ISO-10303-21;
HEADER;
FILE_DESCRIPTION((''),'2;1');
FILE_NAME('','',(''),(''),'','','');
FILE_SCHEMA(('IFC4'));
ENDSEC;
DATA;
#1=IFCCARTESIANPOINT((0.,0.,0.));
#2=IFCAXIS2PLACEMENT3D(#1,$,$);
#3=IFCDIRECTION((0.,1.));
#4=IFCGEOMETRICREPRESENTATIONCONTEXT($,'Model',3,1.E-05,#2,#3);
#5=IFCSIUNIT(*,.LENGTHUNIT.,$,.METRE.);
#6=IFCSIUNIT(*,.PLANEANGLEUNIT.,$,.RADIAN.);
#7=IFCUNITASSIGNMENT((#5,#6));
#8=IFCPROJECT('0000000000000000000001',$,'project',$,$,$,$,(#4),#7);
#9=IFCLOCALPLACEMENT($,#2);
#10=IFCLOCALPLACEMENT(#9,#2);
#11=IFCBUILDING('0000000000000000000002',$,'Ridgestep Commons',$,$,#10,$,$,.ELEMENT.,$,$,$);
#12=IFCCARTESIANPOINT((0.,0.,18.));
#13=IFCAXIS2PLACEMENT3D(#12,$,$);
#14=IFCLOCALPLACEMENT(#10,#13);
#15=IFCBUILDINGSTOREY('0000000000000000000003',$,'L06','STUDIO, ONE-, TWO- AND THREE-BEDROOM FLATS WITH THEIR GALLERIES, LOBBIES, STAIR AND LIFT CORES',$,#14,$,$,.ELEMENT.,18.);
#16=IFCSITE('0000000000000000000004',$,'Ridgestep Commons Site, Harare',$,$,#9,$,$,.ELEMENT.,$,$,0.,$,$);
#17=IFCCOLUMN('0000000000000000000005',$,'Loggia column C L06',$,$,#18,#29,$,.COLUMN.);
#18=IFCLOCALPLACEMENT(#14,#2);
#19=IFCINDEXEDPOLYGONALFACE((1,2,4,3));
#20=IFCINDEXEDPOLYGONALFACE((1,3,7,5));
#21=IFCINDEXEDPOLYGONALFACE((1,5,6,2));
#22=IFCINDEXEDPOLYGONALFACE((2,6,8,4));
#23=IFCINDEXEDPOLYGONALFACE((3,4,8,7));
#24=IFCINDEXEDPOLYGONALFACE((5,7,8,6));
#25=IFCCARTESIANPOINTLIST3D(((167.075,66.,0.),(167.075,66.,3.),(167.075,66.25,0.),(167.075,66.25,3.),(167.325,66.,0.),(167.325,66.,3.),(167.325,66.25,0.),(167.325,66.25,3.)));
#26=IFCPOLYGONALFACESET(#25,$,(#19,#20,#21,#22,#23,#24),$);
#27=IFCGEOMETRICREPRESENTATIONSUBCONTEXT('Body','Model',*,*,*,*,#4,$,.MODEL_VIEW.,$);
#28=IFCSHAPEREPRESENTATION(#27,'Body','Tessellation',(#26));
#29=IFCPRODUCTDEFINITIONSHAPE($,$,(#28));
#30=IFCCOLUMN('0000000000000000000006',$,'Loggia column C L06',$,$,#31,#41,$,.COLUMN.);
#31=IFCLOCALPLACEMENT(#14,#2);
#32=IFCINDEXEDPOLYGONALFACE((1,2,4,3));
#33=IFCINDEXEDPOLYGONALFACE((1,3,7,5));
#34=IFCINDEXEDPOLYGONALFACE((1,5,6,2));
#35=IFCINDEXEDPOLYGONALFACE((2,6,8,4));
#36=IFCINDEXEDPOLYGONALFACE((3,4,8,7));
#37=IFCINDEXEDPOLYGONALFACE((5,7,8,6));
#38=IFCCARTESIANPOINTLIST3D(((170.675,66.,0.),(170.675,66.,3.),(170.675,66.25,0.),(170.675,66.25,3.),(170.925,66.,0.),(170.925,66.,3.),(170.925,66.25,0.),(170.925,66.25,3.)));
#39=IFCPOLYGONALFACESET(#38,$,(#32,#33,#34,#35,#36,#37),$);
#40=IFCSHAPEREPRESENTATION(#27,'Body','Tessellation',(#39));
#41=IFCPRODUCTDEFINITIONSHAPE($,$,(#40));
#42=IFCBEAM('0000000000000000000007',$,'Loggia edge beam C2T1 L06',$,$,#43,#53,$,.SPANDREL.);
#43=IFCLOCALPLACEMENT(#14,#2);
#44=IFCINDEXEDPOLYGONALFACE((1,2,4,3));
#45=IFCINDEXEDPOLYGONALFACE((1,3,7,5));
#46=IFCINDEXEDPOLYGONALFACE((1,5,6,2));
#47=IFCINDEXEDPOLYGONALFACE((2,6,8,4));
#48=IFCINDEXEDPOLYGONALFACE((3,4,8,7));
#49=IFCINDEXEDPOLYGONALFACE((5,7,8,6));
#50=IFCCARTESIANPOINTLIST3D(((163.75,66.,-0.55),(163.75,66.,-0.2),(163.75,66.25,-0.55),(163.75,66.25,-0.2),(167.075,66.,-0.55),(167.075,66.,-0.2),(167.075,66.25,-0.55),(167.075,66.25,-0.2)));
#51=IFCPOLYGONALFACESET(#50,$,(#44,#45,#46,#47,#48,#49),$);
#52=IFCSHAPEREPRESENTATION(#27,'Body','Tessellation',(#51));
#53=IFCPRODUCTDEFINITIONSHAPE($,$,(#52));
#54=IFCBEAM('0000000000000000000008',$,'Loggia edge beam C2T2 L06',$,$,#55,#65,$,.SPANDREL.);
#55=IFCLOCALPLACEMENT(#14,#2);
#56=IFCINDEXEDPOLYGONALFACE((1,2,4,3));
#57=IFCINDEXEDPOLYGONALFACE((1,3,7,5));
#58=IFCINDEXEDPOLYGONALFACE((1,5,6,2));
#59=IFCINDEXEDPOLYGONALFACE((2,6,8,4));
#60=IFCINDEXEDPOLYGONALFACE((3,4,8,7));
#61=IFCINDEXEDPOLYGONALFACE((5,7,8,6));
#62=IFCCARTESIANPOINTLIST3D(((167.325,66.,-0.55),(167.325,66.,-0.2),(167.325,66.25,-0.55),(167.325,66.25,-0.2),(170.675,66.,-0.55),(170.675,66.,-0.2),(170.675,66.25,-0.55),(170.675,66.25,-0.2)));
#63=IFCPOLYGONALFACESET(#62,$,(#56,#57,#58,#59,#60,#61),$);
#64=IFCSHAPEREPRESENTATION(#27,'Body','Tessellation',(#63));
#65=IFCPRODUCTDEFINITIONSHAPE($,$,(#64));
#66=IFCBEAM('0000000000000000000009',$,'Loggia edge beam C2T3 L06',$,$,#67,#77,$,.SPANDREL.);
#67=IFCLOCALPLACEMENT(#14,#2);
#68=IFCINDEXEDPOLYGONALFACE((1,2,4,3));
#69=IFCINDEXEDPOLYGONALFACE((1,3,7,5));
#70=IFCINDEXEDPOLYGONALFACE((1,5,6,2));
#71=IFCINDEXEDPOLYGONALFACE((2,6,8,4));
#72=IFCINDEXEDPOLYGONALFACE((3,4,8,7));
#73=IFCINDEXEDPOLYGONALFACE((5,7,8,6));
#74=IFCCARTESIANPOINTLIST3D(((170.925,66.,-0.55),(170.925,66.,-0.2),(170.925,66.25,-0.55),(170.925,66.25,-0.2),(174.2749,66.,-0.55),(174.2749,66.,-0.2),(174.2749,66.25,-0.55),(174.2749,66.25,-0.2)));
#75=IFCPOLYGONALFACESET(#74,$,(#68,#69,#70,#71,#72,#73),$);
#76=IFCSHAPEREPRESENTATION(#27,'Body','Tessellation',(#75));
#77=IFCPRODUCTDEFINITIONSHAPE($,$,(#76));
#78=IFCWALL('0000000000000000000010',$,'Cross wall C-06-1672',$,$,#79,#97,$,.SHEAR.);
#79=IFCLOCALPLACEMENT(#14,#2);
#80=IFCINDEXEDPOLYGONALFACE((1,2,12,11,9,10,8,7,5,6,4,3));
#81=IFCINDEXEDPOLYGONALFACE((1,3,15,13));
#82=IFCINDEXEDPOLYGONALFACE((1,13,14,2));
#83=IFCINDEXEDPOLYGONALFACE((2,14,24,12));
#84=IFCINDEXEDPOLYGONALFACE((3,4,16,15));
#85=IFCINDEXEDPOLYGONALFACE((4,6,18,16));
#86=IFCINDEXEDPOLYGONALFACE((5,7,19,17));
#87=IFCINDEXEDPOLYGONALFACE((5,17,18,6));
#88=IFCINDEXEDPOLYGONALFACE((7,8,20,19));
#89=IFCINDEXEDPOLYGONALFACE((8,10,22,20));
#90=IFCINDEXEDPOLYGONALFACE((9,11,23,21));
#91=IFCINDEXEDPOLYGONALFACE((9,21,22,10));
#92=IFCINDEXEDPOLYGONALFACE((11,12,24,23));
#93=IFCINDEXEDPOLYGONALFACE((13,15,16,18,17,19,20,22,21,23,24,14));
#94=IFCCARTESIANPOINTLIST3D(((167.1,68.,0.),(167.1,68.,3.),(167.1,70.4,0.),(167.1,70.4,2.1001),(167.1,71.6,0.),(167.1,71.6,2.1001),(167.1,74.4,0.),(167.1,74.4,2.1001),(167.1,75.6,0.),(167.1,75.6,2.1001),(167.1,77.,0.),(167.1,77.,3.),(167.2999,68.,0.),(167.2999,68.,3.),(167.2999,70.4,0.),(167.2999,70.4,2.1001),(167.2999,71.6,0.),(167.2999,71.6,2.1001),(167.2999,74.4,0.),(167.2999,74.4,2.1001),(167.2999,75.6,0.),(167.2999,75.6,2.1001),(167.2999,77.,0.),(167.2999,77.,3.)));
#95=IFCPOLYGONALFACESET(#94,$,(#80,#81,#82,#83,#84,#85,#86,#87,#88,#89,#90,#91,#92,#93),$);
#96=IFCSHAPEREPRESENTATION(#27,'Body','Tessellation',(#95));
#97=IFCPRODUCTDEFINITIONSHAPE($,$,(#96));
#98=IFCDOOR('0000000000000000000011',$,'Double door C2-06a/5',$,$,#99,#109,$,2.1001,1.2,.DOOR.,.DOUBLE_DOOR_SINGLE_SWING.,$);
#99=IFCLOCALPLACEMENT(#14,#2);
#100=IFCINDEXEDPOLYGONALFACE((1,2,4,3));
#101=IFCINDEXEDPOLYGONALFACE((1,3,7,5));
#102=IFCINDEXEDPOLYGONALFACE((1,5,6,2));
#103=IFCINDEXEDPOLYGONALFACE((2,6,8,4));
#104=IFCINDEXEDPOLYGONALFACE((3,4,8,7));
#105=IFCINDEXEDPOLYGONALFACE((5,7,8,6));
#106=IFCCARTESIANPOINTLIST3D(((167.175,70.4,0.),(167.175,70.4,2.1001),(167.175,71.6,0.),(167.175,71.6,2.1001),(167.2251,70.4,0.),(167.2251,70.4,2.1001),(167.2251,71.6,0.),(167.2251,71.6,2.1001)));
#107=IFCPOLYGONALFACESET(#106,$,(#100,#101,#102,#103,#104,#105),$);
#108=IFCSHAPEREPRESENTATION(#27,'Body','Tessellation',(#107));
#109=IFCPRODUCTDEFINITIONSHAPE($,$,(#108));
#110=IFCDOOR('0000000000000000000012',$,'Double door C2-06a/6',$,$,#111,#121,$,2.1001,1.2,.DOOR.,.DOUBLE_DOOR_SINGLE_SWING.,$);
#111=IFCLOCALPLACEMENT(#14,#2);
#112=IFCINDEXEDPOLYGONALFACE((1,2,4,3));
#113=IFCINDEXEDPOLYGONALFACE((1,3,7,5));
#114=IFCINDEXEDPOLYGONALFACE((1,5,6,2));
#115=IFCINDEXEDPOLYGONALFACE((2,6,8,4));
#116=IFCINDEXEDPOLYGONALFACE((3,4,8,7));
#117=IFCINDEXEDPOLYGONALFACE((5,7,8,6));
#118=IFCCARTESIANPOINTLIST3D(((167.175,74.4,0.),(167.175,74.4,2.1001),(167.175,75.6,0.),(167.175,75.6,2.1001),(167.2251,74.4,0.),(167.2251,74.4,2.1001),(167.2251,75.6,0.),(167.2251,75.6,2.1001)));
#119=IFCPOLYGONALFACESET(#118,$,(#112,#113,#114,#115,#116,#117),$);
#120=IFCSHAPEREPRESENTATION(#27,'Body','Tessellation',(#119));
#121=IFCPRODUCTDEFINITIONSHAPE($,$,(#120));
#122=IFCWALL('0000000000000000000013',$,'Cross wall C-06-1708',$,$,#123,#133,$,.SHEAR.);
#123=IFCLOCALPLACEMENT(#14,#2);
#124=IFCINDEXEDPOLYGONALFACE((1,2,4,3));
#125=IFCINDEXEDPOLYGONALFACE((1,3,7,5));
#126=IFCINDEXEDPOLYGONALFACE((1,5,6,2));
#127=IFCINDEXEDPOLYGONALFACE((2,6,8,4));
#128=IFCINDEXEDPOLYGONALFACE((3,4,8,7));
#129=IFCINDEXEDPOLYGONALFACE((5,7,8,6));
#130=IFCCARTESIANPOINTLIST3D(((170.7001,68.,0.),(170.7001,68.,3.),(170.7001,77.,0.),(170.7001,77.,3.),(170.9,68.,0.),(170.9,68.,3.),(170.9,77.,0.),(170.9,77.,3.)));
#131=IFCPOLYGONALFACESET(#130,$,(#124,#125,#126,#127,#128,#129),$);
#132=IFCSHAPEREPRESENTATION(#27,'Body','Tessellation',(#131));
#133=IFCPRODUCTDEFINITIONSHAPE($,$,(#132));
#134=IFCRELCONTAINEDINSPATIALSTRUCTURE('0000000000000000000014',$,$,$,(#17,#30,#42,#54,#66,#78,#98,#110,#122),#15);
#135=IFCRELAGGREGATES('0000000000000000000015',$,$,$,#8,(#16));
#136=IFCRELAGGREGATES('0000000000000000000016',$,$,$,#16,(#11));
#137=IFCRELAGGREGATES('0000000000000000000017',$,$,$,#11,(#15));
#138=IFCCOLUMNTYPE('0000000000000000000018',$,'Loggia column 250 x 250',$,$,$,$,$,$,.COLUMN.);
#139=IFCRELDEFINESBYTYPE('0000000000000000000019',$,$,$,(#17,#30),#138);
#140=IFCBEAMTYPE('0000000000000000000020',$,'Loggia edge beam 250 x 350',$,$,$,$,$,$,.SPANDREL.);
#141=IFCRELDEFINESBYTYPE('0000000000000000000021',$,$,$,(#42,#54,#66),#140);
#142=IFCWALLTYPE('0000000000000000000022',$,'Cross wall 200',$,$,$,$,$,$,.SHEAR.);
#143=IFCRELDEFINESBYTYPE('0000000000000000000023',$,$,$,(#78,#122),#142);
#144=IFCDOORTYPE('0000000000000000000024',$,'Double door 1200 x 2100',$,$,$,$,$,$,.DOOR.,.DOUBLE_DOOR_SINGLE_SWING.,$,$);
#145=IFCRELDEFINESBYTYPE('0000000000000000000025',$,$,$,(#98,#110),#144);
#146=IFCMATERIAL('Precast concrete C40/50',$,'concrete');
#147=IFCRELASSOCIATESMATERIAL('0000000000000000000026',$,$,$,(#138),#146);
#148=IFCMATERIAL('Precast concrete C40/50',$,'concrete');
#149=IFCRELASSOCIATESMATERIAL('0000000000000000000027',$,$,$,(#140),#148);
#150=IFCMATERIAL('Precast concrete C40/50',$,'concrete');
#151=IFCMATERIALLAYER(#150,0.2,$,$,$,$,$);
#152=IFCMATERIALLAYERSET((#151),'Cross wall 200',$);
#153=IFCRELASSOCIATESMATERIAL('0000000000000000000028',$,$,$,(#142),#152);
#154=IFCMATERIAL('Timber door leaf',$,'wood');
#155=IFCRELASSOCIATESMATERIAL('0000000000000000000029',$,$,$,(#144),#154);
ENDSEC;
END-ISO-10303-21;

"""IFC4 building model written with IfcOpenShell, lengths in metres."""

from ifc_helpers import new_model, si_unit, direction, frame, frame_2d, origin, origin_2d, place, context, subcontext, project, spatial, rectangle, extrude, material, layer, layer_set, material_profile, profile_set, type_object, element, fill, save


model = new_model("IFC4")

# Units and contexts
model_context = context("Model", 3, precision=1e-05, world=origin(), true_north=direction((0.0, 1.0)))
body_context = subcontext(model_context, "Body", "Model", "MODEL_VIEW")
ifc_project = project(units=[si_unit("LENGTHUNIT", "METRE"), si_unit("PLANEANGLEUNIT", "RADIAN")], contexts=[model_context])

# Site, building, storey
site_placement = place(None, origin())
site = spatial("IfcSite", under=ifc_project, at=site_placement, Name="Ridgestep Commons Site, Harare", CompositionType="ELEMENT", RefElevation=0.0)
building_placement = place(site_placement, origin())
building = spatial("IfcBuilding", under=site, at=building_placement, Name="Ridgestep Commons", CompositionType="ELEMENT")
storey_placement = place(building_placement, frame((0.0, 0.0, 18.0)))
storey = spatial("IfcBuildingStorey", under=building, at=storey_placement, Name="L06", Description="STUDIO, ONE-, TWO- AND THREE-BEDROOM FLATS WITH THEIR GALLERIES, LOBBIES, STAIR AND LIFT CORES", CompositionType="ELEMENT", Elevation=18.0)

# Columns
ifc_material_1 = material(Name="Precast concrete C40/50", Category="concrete")
ifc_material_profile_1 = material_profile(ifc_material_1, rectangle(XDim=0.25, YDim=0.25, at=origin_2d()), Name="PC 250x250")
ifc_profile_set_1 = profile_set([ifc_material_profile_1], Name="Precast concrete C40/50")
column_type = type_object("IfcColumnType", Name="Loggia column 250 x 250", PredefinedType="COLUMN", material=ifc_profile_set_1)
for number, where, z_axis, x_axis, name in (
    (1, (167.2, 66.125, 0.0), (0.0, 0.0, 1.0), (1.0, 0.0, 0.0), "Loggia column C L06"),
    (2, (170.8, 66.125, 0.0), (0.0, 0.0, 1.0), (1.0, 0.0, 0.0), "Loggia column C L06"),
):
    element("IfcColumn", number, at=place(storey_placement, frame(where, z_axis=z_axis, x_axis=x_axis)), inside=storey, type_object=column_type, Name=name, PredefinedType="COLUMN", context=body_context, shape_type="SweptSolid", body=[
        extrude(rectangle(XDim=0.25, YDim=0.25, at=origin_2d()), origin(), (0.0, 0.0, 1.0), 3.0),
    ])

# Beams
ifc_material_2 = material(Name="Precast concrete C40/50", Category="concrete")
ifc_material_profile_2 = material_profile(ifc_material_2, rectangle(XDim=0.25, YDim=0.3501, at=origin_2d()), Name="PC 250x350")
ifc_profile_set_2 = profile_set([ifc_material_profile_2], Name="Precast concrete C40/50")
beam_type = type_object("IfcBeamType", Name="Loggia edge beam 250 x 350", PredefinedType="SPANDREL", material=ifc_profile_set_2)
beam_1_placement = place(storey_placement, frame((163.75, 66.125, -0.375), z_axis=(1.0, 0.0, 0.0), x_axis=(0.0, 1.0, 0.0)))
element("IfcBeam", 3, at=beam_1_placement, inside=storey, type_object=beam_type, Name="Loggia edge beam C2T1 L06", PredefinedType="SPANDREL", context=body_context, shape_type="SweptSolid", body=[
    extrude(rectangle(XDim=0.25, YDim=0.3501, at=origin_2d()), origin(), (0.0, 0.0, 1.0), 3.325),
])
beam_2_placement = place(storey_placement, frame((167.325, 66.125, -0.375), z_axis=(1.0, 0.0, 0.0), x_axis=(0.0, 1.0, 0.0)))
element("IfcBeam", 4, at=beam_2_placement, inside=storey, type_object=beam_type, Name="Loggia edge beam C2T2 L06", PredefinedType="SPANDREL", context=body_context, shape_type="SweptSolid", body=[
    extrude(rectangle(XDim=0.25, YDim=0.3501, at=origin_2d()), origin(), (0.0, 0.0, 1.0), 3.3501),
])
beam_3_placement = place(storey_placement, frame((170.925, 66.125, -0.375), z_axis=(1.0, 0.0, 0.0), x_axis=(0.0, 1.0, 0.0)))
element("IfcBeam", 5, at=beam_3_placement, inside=storey, type_object=beam_type, Name="Loggia edge beam C2T3 L06", PredefinedType="SPANDREL", context=body_context, shape_type="SweptSolid", body=[
    extrude(rectangle(XDim=0.25, YDim=0.3501, at=origin_2d()), origin(), (0.0, 0.0, 1.0), 3.3499),
])

# Wall, openings, doors
ifc_material_3 = material(Name="Precast concrete C40/50", Category="concrete")
ifc_layer_1 = layer(ifc_material_3, 0.2)
ifc_layer_set_1 = layer_set([ifc_layer_1], Name="Cross wall 200")
wall_type_1 = type_object("IfcWallType", Name="Cross wall 200", PredefinedType="SHEAR", material=ifc_layer_set_1)
wall_1_placement = place(storey_placement, frame((167.2, 68.0, 0.0), z_axis=(0.0, 0.0, 1.0), x_axis=(0.0, 1.0, 0.0)))
wall_1 = element("IfcWall", 6, at=wall_1_placement, inside=storey, type_object=wall_type_1, Name="Cross wall C-06-1672", PredefinedType="SHEAR", context=body_context, shape_type="SweptSolid", body=[
    extrude(rectangle(XDim=9.0, YDim=0.2, at=frame_2d((4.5, 0.0))), origin(), (0.0, 0.0, 1.0), 3.0),
])
opening_1_placement = place(wall_1_placement, frame((2.3999, 0.0, 0.0)))
opening_1 = element("IfcOpeningElement", 7, at=opening_1_placement, cuts=wall_1, PredefinedType="OPENING", context=body_context, shape_type="SweptSolid", body=[
    extrude(rectangle(XDim=1.2, YDim=2.1001, at=frame_2d((0.6001, 1.05))), frame((0.0, 0.1099, 0.0), z_axis=(0.0, -1.0, 0.0), x_axis=(1.0, 0.0, 0.0)), (0.0, 0.0, 1.0), 0.22),
])
opening_2_placement = place(wall_1_placement, frame((6.3999, 0.0, 0.0)))
opening_2 = element("IfcOpeningElement", 8, at=opening_2_placement, cuts=wall_1, PredefinedType="OPENING", context=body_context, shape_type="SweptSolid", body=[
    extrude(rectangle(XDim=1.2, YDim=2.1001, at=frame_2d((0.6001, 1.05))), frame((0.0, 0.1099, 0.0), z_axis=(0.0, -1.0, 0.0), x_axis=(1.0, 0.0, 0.0)), (0.0, 0.0, 1.0), 0.22),
])
ifc_material_4 = material(Name="Timber door leaf", Category="wood")
door_type_1 = type_object("IfcDoorType", Name="Double door 1200 x 2100", OperationType="DOUBLE_DOOR_SINGLE_SWING", PredefinedType="DOOR", material=ifc_material_4)
door_1_placement = place(opening_1_placement, origin())
door_1 = element("IfcDoor", 9, at=door_1_placement, inside=storey, type_object=door_type_1, Name="Double door C2-06a/5", OperationType="DOUBLE_DOOR_SINGLE_SWING", OverallHeight=2.1001, OverallWidth=1.2, PredefinedType="DOOR", context=body_context, shape_type="SweptSolid", body=[
    extrude(rectangle(XDim=1.2, YDim=2.1001, at=frame_2d((0.6001, 1.05))), frame((0.0, 0.0249, 0.0), z_axis=(0.0, -1.0, 0.0), x_axis=(1.0, 0.0, 0.0)), (0.0, 0.0, 1.0), 0.05),
])
fill(opening_1, door_1)
door_2_placement = place(opening_2_placement, origin())
door_2 = element("IfcDoor", 10, at=door_2_placement, inside=storey, type_object=door_type_1, Name="Double door C2-06a/6", OperationType="DOUBLE_DOOR_SINGLE_SWING", OverallHeight=2.1001, OverallWidth=1.2, PredefinedType="DOOR", context=body_context, shape_type="SweptSolid", body=[
    extrude(rectangle(XDim=1.2, YDim=2.1001, at=frame_2d((0.6001, 1.05))), frame((0.0, 0.0249, 0.0), z_axis=(0.0, -1.0, 0.0), x_axis=(1.0, 0.0, 0.0)), (0.0, 0.0, 1.0), 0.05),
])
fill(opening_2, door_2)

# Wall
wall_2_placement = place(storey_placement, frame((170.8, 68.0, 0.0), z_axis=(0.0, 0.0, 1.0), x_axis=(0.0, 1.0, 0.0)))
element("IfcWall", 11, at=wall_2_placement, inside=storey, type_object=wall_type_1, Name="Cross wall C-06-1708", PredefinedType="SHEAR", context=body_context, shape_type="SweptSolid", body=[
    extrude(rectangle(XDim=9.0, YDim=0.2, at=frame_2d((4.5, 0.0))), origin(), (0.0, 0.0, 1.0), 3.0),
])

save(model, "model.ifc")
